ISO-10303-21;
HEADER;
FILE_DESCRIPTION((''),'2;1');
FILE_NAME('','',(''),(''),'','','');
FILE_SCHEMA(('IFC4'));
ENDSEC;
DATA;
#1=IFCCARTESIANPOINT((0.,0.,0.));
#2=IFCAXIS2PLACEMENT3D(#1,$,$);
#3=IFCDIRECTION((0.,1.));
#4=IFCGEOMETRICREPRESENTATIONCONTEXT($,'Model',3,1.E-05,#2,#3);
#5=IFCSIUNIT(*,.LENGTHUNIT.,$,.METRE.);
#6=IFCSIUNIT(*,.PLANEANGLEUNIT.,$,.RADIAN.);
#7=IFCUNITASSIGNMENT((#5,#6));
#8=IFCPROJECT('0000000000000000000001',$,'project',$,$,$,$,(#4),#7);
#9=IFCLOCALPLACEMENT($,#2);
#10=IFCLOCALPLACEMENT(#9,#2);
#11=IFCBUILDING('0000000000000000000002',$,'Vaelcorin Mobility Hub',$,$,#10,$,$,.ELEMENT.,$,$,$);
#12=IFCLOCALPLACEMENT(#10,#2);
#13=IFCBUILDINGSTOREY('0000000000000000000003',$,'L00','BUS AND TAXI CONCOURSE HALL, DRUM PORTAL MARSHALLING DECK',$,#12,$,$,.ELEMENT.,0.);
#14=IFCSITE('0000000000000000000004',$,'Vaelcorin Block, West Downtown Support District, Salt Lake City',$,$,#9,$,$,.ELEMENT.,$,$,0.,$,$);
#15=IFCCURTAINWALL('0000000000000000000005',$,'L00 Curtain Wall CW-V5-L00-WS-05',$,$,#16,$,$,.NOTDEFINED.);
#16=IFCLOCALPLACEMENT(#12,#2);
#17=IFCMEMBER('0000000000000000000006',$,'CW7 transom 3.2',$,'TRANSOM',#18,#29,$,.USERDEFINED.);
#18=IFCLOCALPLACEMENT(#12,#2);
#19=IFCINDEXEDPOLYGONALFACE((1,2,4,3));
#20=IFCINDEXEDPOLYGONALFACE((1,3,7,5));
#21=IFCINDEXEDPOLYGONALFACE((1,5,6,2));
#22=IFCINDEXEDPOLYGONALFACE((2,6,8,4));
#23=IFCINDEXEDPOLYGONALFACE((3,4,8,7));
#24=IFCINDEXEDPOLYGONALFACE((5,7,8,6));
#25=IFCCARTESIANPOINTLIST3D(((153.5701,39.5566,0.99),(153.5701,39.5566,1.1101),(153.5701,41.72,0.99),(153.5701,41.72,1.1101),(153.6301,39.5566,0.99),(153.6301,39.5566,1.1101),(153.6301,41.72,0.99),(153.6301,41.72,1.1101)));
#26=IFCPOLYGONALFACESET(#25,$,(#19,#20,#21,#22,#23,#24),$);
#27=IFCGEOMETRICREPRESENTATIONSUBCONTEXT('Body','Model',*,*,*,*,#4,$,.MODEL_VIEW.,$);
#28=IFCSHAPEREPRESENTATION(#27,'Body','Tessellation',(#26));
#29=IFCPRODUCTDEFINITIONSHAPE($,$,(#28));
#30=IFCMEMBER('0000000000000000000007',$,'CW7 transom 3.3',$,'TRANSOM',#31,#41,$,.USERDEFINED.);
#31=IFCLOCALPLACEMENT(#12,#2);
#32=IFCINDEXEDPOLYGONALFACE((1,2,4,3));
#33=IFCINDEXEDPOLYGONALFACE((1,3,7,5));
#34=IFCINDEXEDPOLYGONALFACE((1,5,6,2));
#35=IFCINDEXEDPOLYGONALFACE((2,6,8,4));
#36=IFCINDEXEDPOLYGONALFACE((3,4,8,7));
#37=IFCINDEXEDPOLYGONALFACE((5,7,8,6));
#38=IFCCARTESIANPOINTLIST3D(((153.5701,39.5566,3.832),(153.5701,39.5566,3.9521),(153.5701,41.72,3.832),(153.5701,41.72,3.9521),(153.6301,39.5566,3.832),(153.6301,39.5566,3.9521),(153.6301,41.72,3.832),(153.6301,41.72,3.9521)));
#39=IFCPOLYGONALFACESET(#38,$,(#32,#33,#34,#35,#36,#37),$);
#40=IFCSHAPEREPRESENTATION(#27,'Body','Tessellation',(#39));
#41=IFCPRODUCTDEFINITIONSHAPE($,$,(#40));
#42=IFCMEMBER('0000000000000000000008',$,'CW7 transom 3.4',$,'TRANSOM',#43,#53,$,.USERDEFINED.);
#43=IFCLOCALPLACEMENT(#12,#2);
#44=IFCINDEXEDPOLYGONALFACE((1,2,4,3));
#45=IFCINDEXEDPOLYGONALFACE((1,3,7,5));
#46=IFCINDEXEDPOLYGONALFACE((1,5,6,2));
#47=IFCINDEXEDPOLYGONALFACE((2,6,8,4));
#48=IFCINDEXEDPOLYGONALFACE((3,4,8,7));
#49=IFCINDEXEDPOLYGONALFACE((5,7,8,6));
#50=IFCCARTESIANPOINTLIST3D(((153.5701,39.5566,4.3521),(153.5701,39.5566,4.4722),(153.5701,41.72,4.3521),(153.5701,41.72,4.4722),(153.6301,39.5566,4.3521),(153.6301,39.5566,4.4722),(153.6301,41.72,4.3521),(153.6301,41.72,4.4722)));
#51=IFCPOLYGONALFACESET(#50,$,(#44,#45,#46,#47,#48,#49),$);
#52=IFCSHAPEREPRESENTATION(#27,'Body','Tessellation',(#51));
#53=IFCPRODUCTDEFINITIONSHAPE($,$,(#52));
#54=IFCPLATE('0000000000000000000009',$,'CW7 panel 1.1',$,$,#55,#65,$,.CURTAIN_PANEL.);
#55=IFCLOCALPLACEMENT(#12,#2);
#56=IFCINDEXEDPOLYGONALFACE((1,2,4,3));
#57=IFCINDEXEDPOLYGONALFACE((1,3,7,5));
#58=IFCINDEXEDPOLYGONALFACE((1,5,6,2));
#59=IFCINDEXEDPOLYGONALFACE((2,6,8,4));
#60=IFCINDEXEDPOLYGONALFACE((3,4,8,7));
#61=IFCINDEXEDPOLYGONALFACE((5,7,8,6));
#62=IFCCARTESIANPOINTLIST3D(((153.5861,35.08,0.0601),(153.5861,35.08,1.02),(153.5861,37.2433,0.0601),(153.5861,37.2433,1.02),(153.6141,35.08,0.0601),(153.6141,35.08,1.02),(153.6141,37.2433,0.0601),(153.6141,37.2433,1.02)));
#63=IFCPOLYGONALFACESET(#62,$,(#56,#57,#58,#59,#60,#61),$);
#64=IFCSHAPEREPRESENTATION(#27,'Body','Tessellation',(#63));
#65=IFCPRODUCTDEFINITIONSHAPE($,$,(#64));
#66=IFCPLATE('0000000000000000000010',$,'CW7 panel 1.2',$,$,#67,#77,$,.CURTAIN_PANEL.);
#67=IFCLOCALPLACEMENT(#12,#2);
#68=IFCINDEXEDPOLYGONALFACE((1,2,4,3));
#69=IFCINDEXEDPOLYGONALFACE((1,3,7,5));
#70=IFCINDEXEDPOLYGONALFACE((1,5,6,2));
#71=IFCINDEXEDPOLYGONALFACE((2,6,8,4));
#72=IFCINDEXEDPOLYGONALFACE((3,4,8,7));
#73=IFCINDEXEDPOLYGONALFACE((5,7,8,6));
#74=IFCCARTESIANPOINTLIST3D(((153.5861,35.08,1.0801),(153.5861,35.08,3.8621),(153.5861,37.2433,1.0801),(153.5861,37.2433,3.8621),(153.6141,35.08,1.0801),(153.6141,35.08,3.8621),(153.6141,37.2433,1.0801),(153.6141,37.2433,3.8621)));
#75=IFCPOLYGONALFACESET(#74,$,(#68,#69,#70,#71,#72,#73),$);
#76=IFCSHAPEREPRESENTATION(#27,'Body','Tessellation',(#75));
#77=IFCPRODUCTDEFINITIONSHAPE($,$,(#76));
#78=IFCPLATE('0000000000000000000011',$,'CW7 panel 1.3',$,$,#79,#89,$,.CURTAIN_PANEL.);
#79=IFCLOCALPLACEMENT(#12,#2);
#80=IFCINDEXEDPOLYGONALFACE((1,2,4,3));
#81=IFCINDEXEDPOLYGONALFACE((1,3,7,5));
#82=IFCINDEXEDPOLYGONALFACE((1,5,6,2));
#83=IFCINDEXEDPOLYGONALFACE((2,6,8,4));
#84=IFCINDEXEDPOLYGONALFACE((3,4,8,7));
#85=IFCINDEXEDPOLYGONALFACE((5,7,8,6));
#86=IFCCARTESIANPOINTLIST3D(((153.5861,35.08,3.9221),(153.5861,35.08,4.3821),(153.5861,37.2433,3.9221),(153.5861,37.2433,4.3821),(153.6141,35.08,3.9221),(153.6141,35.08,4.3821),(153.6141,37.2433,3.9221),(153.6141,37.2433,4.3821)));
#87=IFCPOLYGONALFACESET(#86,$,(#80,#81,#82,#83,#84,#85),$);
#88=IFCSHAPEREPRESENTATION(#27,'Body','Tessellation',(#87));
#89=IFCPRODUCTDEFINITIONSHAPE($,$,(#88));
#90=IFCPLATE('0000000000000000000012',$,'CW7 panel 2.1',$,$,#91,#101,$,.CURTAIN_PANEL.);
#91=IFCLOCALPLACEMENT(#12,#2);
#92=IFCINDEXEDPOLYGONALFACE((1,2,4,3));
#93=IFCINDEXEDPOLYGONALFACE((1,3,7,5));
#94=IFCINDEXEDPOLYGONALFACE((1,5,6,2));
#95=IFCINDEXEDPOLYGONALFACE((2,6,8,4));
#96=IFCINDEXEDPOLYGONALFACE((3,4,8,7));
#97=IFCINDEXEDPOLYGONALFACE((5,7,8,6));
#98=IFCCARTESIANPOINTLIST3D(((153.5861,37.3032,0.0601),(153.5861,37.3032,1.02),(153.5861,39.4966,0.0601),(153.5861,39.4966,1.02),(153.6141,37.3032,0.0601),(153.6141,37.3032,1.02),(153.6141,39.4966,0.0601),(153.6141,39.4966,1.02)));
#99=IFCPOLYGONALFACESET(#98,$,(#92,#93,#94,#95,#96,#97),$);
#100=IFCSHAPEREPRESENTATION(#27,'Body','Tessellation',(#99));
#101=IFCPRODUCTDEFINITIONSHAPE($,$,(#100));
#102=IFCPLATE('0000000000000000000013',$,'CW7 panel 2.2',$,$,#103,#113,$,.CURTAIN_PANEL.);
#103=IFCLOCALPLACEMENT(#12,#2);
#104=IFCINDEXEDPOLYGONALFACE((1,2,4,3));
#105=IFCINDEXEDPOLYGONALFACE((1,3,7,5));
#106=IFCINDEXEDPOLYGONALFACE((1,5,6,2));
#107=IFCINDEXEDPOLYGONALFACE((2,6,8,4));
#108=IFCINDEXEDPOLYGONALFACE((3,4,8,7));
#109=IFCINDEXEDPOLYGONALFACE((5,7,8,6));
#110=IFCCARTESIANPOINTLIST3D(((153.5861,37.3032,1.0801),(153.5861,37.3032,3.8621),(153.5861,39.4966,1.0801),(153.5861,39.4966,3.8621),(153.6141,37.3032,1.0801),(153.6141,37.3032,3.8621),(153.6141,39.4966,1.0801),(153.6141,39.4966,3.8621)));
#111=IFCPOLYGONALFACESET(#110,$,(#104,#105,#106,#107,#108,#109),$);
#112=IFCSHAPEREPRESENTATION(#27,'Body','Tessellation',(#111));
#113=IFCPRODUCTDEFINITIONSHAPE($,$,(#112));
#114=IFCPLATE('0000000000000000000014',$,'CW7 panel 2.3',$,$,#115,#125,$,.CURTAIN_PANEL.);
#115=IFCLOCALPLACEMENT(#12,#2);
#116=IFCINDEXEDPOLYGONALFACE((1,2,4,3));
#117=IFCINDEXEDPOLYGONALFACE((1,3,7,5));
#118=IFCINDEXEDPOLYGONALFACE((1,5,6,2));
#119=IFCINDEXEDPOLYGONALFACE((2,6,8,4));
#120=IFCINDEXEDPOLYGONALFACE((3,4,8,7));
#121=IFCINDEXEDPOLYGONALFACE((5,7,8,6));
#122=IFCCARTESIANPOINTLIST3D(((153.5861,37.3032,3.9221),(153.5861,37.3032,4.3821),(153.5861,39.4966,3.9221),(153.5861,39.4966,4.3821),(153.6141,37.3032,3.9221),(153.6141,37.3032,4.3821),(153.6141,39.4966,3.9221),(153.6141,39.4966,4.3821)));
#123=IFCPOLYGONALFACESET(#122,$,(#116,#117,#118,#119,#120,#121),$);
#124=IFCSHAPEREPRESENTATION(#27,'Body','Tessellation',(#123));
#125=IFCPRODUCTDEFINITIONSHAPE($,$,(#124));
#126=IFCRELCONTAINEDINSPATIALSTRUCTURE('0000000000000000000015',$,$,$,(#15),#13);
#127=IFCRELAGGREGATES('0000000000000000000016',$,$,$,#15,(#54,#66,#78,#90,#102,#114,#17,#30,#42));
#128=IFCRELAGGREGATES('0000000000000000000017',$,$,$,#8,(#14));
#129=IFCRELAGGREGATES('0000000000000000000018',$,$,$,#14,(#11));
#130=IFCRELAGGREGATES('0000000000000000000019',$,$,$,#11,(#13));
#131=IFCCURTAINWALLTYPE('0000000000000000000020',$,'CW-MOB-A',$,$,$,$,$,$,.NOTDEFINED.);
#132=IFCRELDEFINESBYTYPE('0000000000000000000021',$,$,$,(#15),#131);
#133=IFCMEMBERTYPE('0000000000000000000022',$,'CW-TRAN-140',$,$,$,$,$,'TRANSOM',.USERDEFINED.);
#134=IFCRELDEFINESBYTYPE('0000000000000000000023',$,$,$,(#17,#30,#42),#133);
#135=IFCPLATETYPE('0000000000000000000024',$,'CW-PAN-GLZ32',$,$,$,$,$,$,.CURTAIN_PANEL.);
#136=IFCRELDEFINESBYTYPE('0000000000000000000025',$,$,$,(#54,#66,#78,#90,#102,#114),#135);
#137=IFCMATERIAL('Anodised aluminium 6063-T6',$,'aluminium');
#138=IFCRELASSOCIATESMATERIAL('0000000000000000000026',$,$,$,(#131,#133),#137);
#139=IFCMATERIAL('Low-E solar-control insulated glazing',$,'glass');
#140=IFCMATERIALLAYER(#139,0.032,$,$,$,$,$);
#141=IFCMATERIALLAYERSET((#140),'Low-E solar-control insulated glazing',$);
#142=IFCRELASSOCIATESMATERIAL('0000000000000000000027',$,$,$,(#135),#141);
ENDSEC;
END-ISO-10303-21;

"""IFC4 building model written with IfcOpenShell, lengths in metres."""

from ifc_helpers import new_model, si_unit, direction, frame, origin, origin_2d, place, context, subcontext, project, spatial, rectangle, extrude, material, layer, layer_set, material_profile, profile_set, type_object, element, aggregate, save


model = new_model("IFC4")

# Units and contexts
model_context = context("Model", 3, precision=1e-05, world=origin(), true_north=direction((0.0, 1.0)))
body_context = subcontext(model_context, "Body", "Model", "MODEL_VIEW")
ifc_project = project(units=[si_unit("LENGTHUNIT", "METRE"), si_unit("PLANEANGLEUNIT", "RADIAN")], contexts=[model_context])

# Site, building, storey
site_placement = place(None, origin())
site = spatial("IfcSite", under=ifc_project, at=site_placement, Name="Vaelcorin Block, West Downtown Support District, Salt Lake City", CompositionType="ELEMENT", RefElevation=0.0)
building_placement = place(site_placement, origin())
building = spatial("IfcBuilding", under=site, at=building_placement, Name="Vaelcorin Mobility Hub", CompositionType="ELEMENT")
storey_placement = place(building_placement, origin())
storey = spatial("IfcBuildingStorey", under=building, at=storey_placement, Name="L00", Description="BUS AND TAXI CONCOURSE HALL, DRUM PORTAL MARSHALLING DECK", CompositionType="ELEMENT", Elevation=0.0)

# Curtain wall, members, plates
ifc_material_1 = material(Name="Anodised aluminium 6063-T6", Category="aluminium")
curtain_wall_type = type_object("IfcCurtainWallType", Name="CW-MOB-A", PredefinedType="NOTDEFINED", material=ifc_material_1)
curtain_wall_placement = place(storey_placement, origin())
curtain_wall = element("IfcCurtainWall", 1, at=curtain_wall_placement, inside=storey, type_object=curtain_wall_type, Name="L00 Curtain Wall CW-V5-L00-WS-05", PredefinedType="NOTDEFINED")
ifc_material_profile_1 = material_profile(ifc_material_1, rectangle(XDim=0.0601, YDim=0.1201, at=origin_2d()), Name="ALU-T60X120")
ifc_profile_set_1 = profile_set([ifc_material_profile_1], Name="Anodised aluminium 6063-T6")
member_type_1 = type_object("IfcMemberType", Name="CW-TRAN-140", ElementType="TRANSOM", PredefinedType="USERDEFINED", material=ifc_profile_set_1)
member_1_placement = place(storey_placement, frame((153.6001, 39.5566, 1.05), z_axis=(0.0, 1.0, 0.0), x_axis=(-1.0, 0.0, 0.0)))
member_1 = element("IfcMember", 2, at=member_1_placement, type_object=member_type_1, Name="CW7 transom 3.2", ObjectType="TRANSOM", PredefinedType="USERDEFINED", context=body_context, shape_type="SweptSolid", body=[
    extrude(rectangle(XDim=0.0601, YDim=0.1201, at=origin_2d()), origin(), (0.0, 0.0, 1.0), 2.1633),
])
member_2_placement = place(storey_placement, frame((153.6001, 39.5566, 3.8921), z_axis=(0.0, 1.0, 0.0), x_axis=(-1.0, 0.0, 0.0)))
member_2 = element("IfcMember", 3, at=member_2_placement, type_object=member_type_1, Name="CW7 transom 3.3", ObjectType="TRANSOM", PredefinedType="USERDEFINED", context=body_context, shape_type="SweptSolid", body=[
    extrude(rectangle(XDim=0.0601, YDim=0.1201, at=origin_2d()), origin(), (0.0, 0.0, 1.0), 2.1633),
])
member_3_placement = place(storey_placement, frame((153.6001, 39.5566, 4.4121), z_axis=(0.0, 1.0, 0.0), x_axis=(-1.0, 0.0, 0.0)))
member_3 = element("IfcMember", 4, at=member_3_placement, type_object=member_type_1, Name="CW7 transom 3.4", ObjectType="TRANSOM", PredefinedType="USERDEFINED", context=body_context, shape_type="SweptSolid", body=[
    extrude(rectangle(XDim=0.0601, YDim=0.1201, at=origin_2d()), origin(), (0.0, 0.0, 1.0), 2.1633),
])
ifc_material_2 = material(Name="Low-E solar-control insulated glazing", Category="glass")
ifc_layer = layer(ifc_material_2, 0.032)
ifc_layer_set = layer_set([ifc_layer], Name="Low-E solar-control insulated glazing")
plate_type = type_object("IfcPlateType", Name="CW-PAN-GLZ32", PredefinedType="CURTAIN_PANEL", material=ifc_layer_set)
plate_1_placement = place(storey_placement, frame((153.6001, 36.1616, 0.0601), z_axis=(0.0, 0.0, 1.0), x_axis=(0.0, 1.0, 0.0)))
plate_1 = element("IfcPlate", 5, at=plate_1_placement, type_object=plate_type, Name="CW7 panel 1.1", PredefinedType="CURTAIN_PANEL", context=body_context, shape_type="SweptSolid", body=[
    extrude(rectangle(XDim=2.1633, YDim=0.0281, at=origin_2d()), origin(), (0.0, 0.0, 1.0), 0.96),
])
plate_2_placement = place(storey_placement, frame((153.6001, 36.1616, 1.0801), z_axis=(0.0, 0.0, 1.0), x_axis=(0.0, 1.0, 0.0)))
plate_2 = element("IfcPlate", 6, at=plate_2_placement, type_object=plate_type, Name="CW7 panel 1.2", PredefinedType="CURTAIN_PANEL", context=body_context, shape_type="SweptSolid", body=[
    extrude(rectangle(XDim=2.1633, YDim=0.0281, at=origin_2d()), origin(), (0.0, 0.0, 1.0), 2.782),
])
plate_3_placement = place(storey_placement, frame((153.6001, 36.1616, 3.9221), z_axis=(0.0, 0.0, 1.0), x_axis=(0.0, 1.0, 0.0)))
plate_3 = element("IfcPlate", 7, at=plate_3_placement, type_object=plate_type, Name="CW7 panel 1.3", PredefinedType="CURTAIN_PANEL", context=body_context, shape_type="SweptSolid", body=[
    extrude(rectangle(XDim=2.1633, YDim=0.0281, at=origin_2d()), origin(), (0.0, 0.0, 1.0), 0.46),
])
plate_4_placement = place(storey_placement, frame((153.6001, 38.3999, 0.0601), z_axis=(0.0, 0.0, 1.0), x_axis=(0.0, 1.0, 0.0)))
plate_4 = element("IfcPlate", 8, at=plate_4_placement, type_object=plate_type, Name="CW7 panel 2.1", PredefinedType="CURTAIN_PANEL", context=body_context, shape_type="SweptSolid", body=[
    extrude(rectangle(XDim=2.1934, YDim=0.0281, at=origin_2d()), origin(), (0.0, 0.0, 1.0), 0.96),
])
plate_5_placement = place(storey_placement, frame((153.6001, 38.3999, 1.0801), z_axis=(0.0, 0.0, 1.0), x_axis=(0.0, 1.0, 0.0)))
plate_5 = element("IfcPlate", 9, at=plate_5_placement, type_object=plate_type, Name="CW7 panel 2.2", PredefinedType="CURTAIN_PANEL", context=body_context, shape_type="SweptSolid", body=[
    extrude(rectangle(XDim=2.1934, YDim=0.0281, at=origin_2d()), origin(), (0.0, 0.0, 1.0), 2.782),
])
plate_6_placement = place(storey_placement, frame((153.6001, 38.3999, 3.9221), z_axis=(0.0, 0.0, 1.0), x_axis=(0.0, 1.0, 0.0)))
plate_6 = element("IfcPlate", 10, at=plate_6_placement, type_object=plate_type, Name="CW7 panel 2.3", PredefinedType="CURTAIN_PANEL", context=body_context, shape_type="SweptSolid", body=[
    extrude(rectangle(XDim=2.1934, YDim=0.0281, at=origin_2d()), origin(), (0.0, 0.0, 1.0), 0.46),
])
aggregate(curtain_wall, [plate_1, plate_2, plate_3, plate_4, plate_5, plate_6, member_1, member_2, member_3])

save(model, "model.ifc")
